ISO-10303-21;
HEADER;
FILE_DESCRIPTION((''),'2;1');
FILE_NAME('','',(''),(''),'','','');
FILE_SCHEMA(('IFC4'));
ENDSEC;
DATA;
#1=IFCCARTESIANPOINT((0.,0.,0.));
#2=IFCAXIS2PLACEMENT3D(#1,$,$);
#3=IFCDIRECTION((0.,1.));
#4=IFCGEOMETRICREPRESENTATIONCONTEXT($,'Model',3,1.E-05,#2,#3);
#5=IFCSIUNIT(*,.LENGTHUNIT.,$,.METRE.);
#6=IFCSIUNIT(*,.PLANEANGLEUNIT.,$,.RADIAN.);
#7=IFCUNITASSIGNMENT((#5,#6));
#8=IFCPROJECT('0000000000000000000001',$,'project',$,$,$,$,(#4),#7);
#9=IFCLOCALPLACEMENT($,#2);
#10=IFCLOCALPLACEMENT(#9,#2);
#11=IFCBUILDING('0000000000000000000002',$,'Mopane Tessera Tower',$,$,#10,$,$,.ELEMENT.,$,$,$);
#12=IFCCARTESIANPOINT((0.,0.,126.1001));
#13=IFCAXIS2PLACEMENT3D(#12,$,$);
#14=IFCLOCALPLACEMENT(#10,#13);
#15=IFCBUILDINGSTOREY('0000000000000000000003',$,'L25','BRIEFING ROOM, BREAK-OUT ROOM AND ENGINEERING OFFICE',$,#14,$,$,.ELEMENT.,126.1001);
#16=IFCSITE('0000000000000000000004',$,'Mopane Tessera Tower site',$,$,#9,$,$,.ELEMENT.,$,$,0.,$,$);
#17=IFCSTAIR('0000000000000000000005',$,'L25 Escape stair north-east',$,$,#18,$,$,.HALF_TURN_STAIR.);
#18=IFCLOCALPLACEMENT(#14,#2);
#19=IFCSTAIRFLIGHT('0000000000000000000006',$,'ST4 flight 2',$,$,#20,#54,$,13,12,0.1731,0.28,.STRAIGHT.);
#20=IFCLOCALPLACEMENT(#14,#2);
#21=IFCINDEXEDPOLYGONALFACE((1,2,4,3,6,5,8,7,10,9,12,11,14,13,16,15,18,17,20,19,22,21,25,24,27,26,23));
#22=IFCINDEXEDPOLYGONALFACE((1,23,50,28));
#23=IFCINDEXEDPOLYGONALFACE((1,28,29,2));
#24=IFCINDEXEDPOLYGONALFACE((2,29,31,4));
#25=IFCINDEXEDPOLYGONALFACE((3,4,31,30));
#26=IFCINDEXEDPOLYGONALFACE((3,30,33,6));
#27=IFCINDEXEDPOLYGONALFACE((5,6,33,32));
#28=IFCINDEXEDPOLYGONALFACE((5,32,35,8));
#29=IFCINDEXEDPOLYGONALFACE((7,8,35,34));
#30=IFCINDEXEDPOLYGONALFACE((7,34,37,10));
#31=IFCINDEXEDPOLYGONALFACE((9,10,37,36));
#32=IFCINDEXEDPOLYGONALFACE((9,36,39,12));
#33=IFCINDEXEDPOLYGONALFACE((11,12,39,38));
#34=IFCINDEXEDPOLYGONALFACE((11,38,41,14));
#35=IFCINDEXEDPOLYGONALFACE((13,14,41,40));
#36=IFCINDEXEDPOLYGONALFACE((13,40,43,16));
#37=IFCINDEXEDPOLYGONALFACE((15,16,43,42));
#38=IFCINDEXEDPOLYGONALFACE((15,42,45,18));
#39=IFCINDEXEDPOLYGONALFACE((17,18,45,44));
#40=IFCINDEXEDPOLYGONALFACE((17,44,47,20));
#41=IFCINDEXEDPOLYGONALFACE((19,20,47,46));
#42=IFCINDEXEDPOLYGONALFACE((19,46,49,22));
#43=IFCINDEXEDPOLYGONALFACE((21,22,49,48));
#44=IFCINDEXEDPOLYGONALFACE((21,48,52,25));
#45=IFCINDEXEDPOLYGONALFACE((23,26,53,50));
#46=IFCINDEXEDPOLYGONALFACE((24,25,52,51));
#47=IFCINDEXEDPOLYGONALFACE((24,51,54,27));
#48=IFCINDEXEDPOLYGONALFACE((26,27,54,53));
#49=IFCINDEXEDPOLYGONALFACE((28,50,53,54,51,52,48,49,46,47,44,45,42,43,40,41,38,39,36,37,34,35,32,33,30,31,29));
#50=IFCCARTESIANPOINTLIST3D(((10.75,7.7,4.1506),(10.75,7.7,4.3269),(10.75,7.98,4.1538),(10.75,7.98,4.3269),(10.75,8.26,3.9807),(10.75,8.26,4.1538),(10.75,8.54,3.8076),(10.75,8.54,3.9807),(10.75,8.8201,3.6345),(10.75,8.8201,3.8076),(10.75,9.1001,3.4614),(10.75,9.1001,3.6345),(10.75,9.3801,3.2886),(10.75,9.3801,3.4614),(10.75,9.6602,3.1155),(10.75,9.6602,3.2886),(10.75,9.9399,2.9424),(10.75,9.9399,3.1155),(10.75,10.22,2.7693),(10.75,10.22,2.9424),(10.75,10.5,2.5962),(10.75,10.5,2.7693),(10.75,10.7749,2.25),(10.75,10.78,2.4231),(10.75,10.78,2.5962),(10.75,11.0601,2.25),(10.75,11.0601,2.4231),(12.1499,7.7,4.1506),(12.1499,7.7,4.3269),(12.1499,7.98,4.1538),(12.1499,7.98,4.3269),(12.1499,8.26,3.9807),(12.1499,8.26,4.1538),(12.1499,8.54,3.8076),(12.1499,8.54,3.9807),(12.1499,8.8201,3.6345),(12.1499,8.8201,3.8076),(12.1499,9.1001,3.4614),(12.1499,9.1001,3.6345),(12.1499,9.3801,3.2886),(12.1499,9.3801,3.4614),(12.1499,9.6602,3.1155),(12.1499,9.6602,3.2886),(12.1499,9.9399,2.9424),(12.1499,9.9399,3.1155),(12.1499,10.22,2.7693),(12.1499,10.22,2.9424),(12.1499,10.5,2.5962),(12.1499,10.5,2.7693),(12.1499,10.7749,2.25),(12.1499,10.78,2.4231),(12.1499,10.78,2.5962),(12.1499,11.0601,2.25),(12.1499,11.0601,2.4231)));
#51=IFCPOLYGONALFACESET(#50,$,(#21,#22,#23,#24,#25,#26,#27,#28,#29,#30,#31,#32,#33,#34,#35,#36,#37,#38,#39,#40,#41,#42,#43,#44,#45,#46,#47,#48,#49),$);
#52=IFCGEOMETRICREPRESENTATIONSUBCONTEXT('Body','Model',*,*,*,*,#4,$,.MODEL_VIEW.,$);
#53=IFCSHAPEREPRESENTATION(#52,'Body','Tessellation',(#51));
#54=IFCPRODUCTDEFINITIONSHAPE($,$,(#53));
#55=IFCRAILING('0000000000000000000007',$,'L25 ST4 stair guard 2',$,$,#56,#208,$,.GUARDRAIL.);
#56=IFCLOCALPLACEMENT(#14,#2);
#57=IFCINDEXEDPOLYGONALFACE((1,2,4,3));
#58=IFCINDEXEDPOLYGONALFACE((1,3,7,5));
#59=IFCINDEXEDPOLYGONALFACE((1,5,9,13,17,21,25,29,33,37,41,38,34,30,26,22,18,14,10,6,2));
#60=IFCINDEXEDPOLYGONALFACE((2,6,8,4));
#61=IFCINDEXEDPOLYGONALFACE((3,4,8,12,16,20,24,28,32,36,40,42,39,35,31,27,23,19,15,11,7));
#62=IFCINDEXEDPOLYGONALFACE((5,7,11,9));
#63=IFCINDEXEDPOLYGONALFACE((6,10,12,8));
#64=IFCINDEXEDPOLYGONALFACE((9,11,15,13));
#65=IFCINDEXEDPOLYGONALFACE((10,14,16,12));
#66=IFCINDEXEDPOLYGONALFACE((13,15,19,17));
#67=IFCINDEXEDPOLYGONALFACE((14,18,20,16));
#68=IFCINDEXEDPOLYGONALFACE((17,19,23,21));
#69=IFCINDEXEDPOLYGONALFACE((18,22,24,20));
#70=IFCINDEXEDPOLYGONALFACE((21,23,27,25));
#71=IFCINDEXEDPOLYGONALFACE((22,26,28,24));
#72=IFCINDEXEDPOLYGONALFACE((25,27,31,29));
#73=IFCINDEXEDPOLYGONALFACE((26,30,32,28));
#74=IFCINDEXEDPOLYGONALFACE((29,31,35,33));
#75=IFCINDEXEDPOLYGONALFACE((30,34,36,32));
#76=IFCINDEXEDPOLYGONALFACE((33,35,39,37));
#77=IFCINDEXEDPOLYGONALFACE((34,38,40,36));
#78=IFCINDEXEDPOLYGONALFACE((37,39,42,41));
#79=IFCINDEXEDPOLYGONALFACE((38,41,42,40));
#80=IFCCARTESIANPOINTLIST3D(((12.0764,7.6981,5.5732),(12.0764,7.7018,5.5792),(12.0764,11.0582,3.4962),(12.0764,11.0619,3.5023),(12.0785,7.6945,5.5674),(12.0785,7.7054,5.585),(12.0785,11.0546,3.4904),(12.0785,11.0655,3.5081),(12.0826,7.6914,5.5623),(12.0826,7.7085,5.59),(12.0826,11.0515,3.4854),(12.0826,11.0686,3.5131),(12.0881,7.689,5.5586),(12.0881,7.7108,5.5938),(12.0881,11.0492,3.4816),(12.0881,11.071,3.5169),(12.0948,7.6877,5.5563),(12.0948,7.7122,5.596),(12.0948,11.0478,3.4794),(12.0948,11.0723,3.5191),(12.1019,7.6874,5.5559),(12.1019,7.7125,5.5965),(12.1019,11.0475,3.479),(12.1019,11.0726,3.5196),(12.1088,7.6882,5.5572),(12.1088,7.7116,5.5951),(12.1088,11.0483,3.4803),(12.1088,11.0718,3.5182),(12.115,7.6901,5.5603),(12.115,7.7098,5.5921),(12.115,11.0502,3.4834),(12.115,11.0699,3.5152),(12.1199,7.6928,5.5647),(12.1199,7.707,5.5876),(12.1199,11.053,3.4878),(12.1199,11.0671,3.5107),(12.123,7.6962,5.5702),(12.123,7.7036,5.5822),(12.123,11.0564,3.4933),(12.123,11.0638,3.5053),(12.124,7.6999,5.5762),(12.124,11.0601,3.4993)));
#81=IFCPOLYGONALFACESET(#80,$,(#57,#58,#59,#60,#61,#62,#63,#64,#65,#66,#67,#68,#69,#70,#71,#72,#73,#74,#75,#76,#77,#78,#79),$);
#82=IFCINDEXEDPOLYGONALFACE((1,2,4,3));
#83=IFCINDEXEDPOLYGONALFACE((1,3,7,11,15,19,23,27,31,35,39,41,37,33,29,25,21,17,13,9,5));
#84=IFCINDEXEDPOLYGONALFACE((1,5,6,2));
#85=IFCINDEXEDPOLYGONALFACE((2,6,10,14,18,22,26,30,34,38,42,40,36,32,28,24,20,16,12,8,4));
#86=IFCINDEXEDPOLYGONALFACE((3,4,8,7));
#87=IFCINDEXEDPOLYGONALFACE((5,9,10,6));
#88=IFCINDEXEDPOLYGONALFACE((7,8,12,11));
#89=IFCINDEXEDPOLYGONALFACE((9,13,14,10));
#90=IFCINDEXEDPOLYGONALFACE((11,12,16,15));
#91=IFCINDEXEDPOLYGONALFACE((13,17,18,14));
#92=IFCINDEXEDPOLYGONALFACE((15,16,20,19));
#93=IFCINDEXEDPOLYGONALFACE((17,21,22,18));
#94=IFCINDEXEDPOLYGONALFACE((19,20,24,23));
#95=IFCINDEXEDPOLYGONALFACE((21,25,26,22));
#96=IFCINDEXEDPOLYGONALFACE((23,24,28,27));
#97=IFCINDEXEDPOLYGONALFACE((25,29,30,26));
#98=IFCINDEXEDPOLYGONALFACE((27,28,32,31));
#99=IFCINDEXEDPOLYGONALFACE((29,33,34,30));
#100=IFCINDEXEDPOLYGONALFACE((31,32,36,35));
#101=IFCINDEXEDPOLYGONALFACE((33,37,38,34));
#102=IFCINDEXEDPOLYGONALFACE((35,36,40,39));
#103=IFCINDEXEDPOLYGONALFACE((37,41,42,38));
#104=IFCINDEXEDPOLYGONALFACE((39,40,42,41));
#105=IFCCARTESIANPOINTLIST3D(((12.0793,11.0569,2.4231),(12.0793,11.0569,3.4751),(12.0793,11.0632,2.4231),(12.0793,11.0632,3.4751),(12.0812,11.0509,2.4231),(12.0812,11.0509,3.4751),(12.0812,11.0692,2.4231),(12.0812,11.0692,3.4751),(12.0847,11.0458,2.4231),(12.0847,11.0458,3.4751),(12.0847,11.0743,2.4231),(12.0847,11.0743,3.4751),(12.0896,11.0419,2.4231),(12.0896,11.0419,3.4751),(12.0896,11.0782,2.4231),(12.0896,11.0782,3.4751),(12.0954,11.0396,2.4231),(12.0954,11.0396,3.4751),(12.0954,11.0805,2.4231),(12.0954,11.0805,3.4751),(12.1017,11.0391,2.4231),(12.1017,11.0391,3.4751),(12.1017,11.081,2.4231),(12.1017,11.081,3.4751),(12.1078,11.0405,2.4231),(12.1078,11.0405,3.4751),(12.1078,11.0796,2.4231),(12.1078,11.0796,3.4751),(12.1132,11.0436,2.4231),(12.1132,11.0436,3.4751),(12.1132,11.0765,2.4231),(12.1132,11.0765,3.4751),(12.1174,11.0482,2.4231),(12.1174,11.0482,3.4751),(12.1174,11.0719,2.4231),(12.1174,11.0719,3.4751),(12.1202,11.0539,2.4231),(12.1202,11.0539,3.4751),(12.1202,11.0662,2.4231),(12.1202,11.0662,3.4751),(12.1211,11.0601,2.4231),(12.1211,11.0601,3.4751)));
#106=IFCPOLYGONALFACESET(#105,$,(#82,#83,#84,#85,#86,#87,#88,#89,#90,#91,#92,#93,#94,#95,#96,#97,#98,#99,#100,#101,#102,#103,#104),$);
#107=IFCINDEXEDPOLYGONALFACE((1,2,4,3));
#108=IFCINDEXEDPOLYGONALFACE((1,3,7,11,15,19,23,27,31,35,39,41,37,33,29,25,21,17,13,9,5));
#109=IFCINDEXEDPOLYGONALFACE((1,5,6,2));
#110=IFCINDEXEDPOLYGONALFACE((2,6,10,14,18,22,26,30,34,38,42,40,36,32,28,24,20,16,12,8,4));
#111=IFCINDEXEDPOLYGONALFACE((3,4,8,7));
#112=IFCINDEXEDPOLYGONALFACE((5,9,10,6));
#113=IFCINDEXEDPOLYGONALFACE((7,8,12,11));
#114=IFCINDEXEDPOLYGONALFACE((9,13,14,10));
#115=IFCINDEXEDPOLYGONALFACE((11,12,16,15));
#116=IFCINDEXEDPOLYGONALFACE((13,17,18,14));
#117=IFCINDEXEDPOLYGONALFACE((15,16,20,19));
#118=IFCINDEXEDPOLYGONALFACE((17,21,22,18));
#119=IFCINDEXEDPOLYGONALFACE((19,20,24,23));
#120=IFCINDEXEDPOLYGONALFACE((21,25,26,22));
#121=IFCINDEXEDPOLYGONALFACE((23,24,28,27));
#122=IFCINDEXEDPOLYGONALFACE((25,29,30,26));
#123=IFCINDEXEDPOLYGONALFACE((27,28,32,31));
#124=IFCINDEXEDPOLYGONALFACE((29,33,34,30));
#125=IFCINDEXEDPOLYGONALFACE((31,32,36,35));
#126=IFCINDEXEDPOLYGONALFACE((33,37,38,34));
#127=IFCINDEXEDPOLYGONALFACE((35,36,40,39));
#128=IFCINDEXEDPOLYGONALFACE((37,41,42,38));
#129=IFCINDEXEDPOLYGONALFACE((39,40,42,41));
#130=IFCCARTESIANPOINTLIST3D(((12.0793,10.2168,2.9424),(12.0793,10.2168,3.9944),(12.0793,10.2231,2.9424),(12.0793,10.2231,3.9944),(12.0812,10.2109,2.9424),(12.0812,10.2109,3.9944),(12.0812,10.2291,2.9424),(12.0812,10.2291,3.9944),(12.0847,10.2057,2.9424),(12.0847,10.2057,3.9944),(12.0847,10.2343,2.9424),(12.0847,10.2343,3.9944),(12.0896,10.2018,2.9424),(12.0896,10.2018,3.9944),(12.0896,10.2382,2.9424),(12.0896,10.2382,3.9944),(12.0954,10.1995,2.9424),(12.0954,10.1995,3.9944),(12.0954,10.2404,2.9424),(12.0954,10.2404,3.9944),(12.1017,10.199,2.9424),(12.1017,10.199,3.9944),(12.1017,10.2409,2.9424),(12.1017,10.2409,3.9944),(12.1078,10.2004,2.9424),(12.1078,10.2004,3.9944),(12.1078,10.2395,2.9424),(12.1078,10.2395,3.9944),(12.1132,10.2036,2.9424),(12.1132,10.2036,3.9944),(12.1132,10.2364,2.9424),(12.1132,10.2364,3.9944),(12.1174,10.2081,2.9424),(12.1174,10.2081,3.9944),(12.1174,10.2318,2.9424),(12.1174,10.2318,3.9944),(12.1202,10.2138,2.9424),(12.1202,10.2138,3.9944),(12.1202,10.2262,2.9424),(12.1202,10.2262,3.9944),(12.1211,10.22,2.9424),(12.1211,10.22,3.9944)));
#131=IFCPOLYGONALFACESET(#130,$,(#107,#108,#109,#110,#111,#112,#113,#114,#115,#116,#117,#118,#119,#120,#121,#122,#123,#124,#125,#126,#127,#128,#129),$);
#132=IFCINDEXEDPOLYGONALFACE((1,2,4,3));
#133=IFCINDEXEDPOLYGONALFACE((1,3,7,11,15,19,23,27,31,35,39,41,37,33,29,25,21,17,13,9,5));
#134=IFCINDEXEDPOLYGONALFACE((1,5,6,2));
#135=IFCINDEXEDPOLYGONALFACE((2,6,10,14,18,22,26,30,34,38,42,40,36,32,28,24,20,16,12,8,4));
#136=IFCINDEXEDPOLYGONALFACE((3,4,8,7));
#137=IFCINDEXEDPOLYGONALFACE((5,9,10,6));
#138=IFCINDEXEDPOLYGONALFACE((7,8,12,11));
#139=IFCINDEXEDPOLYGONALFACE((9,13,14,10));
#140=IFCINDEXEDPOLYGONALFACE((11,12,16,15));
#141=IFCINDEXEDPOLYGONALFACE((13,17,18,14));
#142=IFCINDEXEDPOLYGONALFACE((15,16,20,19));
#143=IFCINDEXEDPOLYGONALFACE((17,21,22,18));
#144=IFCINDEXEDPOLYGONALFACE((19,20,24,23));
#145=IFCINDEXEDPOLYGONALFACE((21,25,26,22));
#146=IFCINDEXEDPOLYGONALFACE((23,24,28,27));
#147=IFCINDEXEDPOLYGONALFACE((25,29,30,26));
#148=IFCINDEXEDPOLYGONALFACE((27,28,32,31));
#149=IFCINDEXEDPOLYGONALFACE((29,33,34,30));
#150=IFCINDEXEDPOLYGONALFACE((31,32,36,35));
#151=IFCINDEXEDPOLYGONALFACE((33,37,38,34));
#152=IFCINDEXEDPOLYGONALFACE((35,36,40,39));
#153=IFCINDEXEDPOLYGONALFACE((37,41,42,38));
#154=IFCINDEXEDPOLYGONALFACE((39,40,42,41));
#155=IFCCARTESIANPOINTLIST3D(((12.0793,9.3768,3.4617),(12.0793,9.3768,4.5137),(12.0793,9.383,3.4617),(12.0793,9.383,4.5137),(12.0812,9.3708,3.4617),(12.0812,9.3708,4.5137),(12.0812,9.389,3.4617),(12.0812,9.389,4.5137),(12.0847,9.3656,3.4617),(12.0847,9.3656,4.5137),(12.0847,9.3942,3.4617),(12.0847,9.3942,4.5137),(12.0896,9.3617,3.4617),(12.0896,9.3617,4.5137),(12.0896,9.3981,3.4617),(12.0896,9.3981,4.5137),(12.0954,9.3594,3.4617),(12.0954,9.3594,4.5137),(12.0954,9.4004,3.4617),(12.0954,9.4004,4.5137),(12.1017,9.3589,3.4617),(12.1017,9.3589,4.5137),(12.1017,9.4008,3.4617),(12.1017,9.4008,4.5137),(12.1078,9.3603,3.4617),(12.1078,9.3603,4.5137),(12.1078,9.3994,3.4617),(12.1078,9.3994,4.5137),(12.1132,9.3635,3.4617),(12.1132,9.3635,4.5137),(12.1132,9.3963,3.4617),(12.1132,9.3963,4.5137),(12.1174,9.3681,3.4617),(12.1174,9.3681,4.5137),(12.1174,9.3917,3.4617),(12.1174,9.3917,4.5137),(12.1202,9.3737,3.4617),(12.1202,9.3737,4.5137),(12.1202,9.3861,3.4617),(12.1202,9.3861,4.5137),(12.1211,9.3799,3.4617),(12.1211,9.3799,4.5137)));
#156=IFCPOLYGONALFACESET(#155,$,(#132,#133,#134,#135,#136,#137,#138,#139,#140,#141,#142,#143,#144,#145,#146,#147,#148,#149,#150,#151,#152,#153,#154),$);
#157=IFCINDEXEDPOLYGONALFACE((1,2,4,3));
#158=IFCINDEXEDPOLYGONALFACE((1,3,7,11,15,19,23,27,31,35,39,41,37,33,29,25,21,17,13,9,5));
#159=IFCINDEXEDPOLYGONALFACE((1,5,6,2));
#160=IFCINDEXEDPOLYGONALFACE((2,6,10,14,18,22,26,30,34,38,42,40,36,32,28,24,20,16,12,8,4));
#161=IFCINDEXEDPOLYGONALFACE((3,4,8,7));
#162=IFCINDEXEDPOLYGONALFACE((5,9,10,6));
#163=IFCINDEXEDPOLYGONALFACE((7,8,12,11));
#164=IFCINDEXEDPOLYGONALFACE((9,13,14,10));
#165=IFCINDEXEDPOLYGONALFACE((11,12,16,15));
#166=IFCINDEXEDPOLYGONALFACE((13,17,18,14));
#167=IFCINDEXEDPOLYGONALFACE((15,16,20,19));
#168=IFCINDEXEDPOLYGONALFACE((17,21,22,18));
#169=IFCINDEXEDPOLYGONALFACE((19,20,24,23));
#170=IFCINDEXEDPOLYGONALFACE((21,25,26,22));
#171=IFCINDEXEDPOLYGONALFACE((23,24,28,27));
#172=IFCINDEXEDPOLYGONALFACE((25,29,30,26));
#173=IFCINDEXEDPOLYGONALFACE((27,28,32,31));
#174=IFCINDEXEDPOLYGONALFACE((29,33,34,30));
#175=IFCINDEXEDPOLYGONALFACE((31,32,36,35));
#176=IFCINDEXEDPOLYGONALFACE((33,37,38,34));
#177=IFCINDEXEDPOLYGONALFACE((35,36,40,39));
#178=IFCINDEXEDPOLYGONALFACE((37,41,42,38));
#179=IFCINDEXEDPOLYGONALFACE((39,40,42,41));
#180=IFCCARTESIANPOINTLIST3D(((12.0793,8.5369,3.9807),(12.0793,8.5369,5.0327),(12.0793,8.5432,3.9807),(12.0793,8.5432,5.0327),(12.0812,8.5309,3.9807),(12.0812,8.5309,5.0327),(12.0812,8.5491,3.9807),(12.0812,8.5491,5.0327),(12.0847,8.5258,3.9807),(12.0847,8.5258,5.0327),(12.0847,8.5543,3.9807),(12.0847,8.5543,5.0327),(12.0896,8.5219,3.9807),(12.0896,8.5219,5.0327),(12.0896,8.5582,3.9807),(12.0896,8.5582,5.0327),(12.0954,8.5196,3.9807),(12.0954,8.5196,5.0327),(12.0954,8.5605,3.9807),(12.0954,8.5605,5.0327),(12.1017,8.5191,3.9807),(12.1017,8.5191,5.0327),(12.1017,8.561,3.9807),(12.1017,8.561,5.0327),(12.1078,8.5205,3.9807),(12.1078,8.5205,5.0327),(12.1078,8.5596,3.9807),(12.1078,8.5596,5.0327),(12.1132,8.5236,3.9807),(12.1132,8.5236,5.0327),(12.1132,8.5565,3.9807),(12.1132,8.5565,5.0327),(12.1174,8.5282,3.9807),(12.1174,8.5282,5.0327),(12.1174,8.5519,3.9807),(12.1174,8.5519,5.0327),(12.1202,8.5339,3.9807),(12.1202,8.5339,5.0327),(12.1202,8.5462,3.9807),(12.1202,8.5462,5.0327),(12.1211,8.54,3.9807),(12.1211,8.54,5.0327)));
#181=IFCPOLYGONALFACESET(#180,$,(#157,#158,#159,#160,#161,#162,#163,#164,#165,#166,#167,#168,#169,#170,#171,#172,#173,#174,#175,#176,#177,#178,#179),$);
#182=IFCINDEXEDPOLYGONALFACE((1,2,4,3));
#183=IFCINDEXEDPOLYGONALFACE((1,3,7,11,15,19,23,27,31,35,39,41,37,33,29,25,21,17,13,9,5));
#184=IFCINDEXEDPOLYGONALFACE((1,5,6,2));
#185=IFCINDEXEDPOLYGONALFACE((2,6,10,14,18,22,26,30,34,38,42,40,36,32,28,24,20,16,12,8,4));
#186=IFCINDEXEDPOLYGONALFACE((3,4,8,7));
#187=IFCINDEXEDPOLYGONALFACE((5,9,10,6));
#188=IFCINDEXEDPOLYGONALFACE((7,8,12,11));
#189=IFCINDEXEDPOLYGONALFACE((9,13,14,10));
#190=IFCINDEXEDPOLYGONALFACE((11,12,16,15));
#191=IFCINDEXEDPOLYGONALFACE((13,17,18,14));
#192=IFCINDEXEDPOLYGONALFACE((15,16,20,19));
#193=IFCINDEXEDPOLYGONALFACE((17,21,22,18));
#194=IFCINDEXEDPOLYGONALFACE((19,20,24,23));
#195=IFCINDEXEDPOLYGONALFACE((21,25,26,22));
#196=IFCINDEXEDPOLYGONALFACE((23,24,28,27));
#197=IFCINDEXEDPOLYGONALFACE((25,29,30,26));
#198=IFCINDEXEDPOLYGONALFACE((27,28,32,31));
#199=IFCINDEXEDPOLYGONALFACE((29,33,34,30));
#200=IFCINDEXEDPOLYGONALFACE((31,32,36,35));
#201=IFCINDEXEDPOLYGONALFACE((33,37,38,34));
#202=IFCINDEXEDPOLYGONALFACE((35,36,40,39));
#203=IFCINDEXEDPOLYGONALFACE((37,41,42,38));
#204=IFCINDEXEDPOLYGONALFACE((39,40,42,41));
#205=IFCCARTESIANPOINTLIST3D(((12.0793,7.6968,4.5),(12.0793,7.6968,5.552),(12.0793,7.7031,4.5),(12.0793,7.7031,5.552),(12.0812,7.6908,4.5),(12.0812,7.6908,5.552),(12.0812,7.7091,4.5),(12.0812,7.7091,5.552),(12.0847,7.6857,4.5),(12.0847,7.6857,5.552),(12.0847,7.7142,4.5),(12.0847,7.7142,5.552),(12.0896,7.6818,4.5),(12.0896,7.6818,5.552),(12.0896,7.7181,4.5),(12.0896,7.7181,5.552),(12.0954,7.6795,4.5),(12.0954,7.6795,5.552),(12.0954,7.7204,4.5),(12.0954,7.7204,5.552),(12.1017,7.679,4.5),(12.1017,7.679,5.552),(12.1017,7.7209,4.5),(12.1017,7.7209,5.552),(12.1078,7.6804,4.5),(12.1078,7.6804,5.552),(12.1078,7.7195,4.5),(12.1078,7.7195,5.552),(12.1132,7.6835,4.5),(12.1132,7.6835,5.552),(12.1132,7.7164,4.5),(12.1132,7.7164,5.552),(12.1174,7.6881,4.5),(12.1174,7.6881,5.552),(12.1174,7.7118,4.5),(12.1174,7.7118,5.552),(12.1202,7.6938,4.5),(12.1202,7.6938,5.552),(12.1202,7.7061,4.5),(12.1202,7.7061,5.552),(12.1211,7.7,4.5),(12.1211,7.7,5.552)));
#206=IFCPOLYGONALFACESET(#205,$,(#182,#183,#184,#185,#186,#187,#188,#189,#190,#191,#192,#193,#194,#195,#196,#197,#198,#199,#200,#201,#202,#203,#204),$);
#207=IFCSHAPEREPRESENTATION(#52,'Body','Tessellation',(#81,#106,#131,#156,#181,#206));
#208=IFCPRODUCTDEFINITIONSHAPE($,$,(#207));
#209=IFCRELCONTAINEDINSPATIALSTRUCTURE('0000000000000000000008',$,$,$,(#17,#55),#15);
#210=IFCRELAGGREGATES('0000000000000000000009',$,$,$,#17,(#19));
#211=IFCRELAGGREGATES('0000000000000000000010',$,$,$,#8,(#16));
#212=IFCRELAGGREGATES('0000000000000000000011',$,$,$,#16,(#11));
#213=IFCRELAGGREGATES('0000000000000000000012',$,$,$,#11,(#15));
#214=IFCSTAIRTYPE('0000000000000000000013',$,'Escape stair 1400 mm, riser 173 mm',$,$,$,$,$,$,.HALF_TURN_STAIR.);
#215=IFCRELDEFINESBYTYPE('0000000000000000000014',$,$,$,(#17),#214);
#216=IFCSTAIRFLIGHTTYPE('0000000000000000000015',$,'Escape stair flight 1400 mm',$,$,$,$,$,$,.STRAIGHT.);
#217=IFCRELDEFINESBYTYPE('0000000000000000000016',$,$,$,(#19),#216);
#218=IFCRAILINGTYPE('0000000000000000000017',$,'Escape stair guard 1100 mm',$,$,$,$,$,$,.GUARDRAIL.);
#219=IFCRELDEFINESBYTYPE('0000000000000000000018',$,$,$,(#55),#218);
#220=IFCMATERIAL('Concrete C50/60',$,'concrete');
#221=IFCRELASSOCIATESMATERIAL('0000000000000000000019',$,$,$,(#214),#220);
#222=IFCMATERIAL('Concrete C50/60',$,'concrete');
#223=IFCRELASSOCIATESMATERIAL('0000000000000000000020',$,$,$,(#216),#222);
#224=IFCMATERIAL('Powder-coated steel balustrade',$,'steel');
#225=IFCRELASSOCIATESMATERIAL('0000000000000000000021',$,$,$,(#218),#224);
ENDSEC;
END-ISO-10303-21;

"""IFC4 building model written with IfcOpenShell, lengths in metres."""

from ifc_helpers import new_model, si_unit, direction, frame, origin, origin_2d, place, context, subcontext, project, spatial, polyline, circle, outline, extrude, material, type_object, element, aggregate, save


model = new_model("IFC4")

# Units and contexts
model_context = context("Model", 3, precision=1e-05, world=origin(), true_north=direction((0.0, 1.0)))
body_context = subcontext(model_context, "Body", "Model", "MODEL_VIEW")
ifc_project = project(units=[si_unit("LENGTHUNIT", "METRE"), si_unit("PLANEANGLEUNIT", "RADIAN")], contexts=[model_context])

# Site, building, storey
site_placement = place(None, origin())
site = spatial("IfcSite", under=ifc_project, at=site_placement, Name="Mopane Tessera Tower site", CompositionType="ELEMENT", RefElevation=0.0)
building_placement = place(site_placement, origin())
building = spatial("IfcBuilding", under=site, at=building_placement, Name="Mopane Tessera Tower", CompositionType="ELEMENT")
storey_placement = place(building_placement, frame((0.0, 0.0, 126.1001)))
storey = spatial("IfcBuildingStorey", under=building, at=storey_placement, Name="L25", Description="BRIEFING ROOM, BREAK-OUT ROOM AND ENGINEERING OFFICE", CompositionType="ELEMENT", Elevation=126.1001)

# Stair, stair flight
ifc_material_1 = material(Name="Concrete C50/60", Category="concrete")
stair_type = type_object("IfcStairType", Name="Escape stair 1400 mm, riser 173 mm", PredefinedType="HALF_TURN_STAIR", material=ifc_material_1)
stair_placement = place(storey_placement, origin())
stair = element("IfcStair", 1, at=stair_placement, inside=storey, type_object=stair_type, Name="L25 Escape stair north-east", PredefinedType="HALF_TURN_STAIR")
ifc_material_2 = material(Name="Concrete C50/60", Category="concrete")
stair_flight_type = type_object("IfcStairFlightType", Name="Escape stair flight 1400 mm", PredefinedType="STRAIGHT", material=ifc_material_2)
stair_flight_1_placement = place(storey_placement, frame((11.45, 11.0601, 2.25), z_axis=(0.0, 0.0, 1.0), x_axis=(0.0, -1.0, 0.0)))
stair_flight_1 = element("IfcStairFlight", 2, at=stair_flight_1_placement, type_object=stair_flight_type, Name="ST4 flight 2", NumberOfRisers=13, NumberOfTreads=12, PredefinedType="STRAIGHT", RiserHeight=0.1731, TreadLength=0.28, context=body_context, shape_type="SweptSolid", body=[
    extrude(outline(polyline([(0.0, 0.0), (0.0, 0.1731), (0.28, 0.1731), (0.28, 0.3462), (0.5601, 0.3462), (0.5601, 0.5193), (0.8401, 0.5193), (0.8401, 0.6924), (1.1201, 0.6924), (1.1201, 0.8655), (1.3999, 0.8655), (1.3999, 1.0386), (1.6799, 1.0386), (1.6799, 1.2114), (1.96, 1.2114), (1.96, 1.3845), (2.24, 1.3845), (2.24, 1.5576), (2.52, 1.5576), (2.52, 1.7307), (2.8, 1.7307), (2.8, 1.9038), (3.0801, 1.9038), (3.0801, 2.0769), (3.3601, 2.0769), (3.3601, 2.25), (3.3601, 1.9006), (0.2852, 0.0), (0.0, 0.0)])), frame((0.0, 0.7, 0.0), z_axis=(0.0, -1.0, 0.0), x_axis=(1.0, 0.0, 0.0)), (0.0, 0.0, 1.0), 1.3999),
])
aggregate(stair, [stair_flight_1])

# Railing
ifc_material_3 = material(Name="Powder-coated steel balustrade", Category="steel")
railing_type_1 = type_object("IfcRailingType", Name="Escape stair guard 1100 mm", PredefinedType="GUARDRAIL", material=ifc_material_3)
railing_1_placement = place(storey_placement, frame((12.1001, 11.0601, 2.4231)))
element("IfcRailing", 3, at=railing_1_placement, inside=storey, type_object=railing_type_1, Name="L25 ST4 stair guard 2", PredefinedType="GUARDRAIL", context=body_context, shape_type="SweptSolid", body=[
    extrude(circle(Radius=0.0239, at=origin_2d()), frame((0.0, 0.0, 1.0762), z_axis=(0.0, -0.850623, 0.525776), x_axis=(1.0, 0.0, 0.0)), (0.0, 0.0, 1.0), 3.9502),
    extrude(circle(Radius=0.021, at=origin_2d()), origin(), (0.0, 0.0, 1.0), 1.052),
    extrude(circle(Radius=0.021, at=origin_2d()), frame((0.0, -0.8401, 0.5193)), (0.0, 0.0, 1.0), 1.052),
    extrude(circle(Radius=0.021, at=origin_2d()), frame((0.0, -1.6802, 1.0386)), (0.0, 0.0, 1.0), 1.052),
    extrude(circle(Radius=0.021, at=origin_2d()), frame((0.0, -2.52, 1.5576)), (0.0, 0.0, 1.0), 1.052),
    extrude(circle(Radius=0.021, at=origin_2d()), frame((0.0, -3.3601, 2.0769)), (0.0, 0.0, 1.0), 1.052),
])

save(model, "model.ifc")
